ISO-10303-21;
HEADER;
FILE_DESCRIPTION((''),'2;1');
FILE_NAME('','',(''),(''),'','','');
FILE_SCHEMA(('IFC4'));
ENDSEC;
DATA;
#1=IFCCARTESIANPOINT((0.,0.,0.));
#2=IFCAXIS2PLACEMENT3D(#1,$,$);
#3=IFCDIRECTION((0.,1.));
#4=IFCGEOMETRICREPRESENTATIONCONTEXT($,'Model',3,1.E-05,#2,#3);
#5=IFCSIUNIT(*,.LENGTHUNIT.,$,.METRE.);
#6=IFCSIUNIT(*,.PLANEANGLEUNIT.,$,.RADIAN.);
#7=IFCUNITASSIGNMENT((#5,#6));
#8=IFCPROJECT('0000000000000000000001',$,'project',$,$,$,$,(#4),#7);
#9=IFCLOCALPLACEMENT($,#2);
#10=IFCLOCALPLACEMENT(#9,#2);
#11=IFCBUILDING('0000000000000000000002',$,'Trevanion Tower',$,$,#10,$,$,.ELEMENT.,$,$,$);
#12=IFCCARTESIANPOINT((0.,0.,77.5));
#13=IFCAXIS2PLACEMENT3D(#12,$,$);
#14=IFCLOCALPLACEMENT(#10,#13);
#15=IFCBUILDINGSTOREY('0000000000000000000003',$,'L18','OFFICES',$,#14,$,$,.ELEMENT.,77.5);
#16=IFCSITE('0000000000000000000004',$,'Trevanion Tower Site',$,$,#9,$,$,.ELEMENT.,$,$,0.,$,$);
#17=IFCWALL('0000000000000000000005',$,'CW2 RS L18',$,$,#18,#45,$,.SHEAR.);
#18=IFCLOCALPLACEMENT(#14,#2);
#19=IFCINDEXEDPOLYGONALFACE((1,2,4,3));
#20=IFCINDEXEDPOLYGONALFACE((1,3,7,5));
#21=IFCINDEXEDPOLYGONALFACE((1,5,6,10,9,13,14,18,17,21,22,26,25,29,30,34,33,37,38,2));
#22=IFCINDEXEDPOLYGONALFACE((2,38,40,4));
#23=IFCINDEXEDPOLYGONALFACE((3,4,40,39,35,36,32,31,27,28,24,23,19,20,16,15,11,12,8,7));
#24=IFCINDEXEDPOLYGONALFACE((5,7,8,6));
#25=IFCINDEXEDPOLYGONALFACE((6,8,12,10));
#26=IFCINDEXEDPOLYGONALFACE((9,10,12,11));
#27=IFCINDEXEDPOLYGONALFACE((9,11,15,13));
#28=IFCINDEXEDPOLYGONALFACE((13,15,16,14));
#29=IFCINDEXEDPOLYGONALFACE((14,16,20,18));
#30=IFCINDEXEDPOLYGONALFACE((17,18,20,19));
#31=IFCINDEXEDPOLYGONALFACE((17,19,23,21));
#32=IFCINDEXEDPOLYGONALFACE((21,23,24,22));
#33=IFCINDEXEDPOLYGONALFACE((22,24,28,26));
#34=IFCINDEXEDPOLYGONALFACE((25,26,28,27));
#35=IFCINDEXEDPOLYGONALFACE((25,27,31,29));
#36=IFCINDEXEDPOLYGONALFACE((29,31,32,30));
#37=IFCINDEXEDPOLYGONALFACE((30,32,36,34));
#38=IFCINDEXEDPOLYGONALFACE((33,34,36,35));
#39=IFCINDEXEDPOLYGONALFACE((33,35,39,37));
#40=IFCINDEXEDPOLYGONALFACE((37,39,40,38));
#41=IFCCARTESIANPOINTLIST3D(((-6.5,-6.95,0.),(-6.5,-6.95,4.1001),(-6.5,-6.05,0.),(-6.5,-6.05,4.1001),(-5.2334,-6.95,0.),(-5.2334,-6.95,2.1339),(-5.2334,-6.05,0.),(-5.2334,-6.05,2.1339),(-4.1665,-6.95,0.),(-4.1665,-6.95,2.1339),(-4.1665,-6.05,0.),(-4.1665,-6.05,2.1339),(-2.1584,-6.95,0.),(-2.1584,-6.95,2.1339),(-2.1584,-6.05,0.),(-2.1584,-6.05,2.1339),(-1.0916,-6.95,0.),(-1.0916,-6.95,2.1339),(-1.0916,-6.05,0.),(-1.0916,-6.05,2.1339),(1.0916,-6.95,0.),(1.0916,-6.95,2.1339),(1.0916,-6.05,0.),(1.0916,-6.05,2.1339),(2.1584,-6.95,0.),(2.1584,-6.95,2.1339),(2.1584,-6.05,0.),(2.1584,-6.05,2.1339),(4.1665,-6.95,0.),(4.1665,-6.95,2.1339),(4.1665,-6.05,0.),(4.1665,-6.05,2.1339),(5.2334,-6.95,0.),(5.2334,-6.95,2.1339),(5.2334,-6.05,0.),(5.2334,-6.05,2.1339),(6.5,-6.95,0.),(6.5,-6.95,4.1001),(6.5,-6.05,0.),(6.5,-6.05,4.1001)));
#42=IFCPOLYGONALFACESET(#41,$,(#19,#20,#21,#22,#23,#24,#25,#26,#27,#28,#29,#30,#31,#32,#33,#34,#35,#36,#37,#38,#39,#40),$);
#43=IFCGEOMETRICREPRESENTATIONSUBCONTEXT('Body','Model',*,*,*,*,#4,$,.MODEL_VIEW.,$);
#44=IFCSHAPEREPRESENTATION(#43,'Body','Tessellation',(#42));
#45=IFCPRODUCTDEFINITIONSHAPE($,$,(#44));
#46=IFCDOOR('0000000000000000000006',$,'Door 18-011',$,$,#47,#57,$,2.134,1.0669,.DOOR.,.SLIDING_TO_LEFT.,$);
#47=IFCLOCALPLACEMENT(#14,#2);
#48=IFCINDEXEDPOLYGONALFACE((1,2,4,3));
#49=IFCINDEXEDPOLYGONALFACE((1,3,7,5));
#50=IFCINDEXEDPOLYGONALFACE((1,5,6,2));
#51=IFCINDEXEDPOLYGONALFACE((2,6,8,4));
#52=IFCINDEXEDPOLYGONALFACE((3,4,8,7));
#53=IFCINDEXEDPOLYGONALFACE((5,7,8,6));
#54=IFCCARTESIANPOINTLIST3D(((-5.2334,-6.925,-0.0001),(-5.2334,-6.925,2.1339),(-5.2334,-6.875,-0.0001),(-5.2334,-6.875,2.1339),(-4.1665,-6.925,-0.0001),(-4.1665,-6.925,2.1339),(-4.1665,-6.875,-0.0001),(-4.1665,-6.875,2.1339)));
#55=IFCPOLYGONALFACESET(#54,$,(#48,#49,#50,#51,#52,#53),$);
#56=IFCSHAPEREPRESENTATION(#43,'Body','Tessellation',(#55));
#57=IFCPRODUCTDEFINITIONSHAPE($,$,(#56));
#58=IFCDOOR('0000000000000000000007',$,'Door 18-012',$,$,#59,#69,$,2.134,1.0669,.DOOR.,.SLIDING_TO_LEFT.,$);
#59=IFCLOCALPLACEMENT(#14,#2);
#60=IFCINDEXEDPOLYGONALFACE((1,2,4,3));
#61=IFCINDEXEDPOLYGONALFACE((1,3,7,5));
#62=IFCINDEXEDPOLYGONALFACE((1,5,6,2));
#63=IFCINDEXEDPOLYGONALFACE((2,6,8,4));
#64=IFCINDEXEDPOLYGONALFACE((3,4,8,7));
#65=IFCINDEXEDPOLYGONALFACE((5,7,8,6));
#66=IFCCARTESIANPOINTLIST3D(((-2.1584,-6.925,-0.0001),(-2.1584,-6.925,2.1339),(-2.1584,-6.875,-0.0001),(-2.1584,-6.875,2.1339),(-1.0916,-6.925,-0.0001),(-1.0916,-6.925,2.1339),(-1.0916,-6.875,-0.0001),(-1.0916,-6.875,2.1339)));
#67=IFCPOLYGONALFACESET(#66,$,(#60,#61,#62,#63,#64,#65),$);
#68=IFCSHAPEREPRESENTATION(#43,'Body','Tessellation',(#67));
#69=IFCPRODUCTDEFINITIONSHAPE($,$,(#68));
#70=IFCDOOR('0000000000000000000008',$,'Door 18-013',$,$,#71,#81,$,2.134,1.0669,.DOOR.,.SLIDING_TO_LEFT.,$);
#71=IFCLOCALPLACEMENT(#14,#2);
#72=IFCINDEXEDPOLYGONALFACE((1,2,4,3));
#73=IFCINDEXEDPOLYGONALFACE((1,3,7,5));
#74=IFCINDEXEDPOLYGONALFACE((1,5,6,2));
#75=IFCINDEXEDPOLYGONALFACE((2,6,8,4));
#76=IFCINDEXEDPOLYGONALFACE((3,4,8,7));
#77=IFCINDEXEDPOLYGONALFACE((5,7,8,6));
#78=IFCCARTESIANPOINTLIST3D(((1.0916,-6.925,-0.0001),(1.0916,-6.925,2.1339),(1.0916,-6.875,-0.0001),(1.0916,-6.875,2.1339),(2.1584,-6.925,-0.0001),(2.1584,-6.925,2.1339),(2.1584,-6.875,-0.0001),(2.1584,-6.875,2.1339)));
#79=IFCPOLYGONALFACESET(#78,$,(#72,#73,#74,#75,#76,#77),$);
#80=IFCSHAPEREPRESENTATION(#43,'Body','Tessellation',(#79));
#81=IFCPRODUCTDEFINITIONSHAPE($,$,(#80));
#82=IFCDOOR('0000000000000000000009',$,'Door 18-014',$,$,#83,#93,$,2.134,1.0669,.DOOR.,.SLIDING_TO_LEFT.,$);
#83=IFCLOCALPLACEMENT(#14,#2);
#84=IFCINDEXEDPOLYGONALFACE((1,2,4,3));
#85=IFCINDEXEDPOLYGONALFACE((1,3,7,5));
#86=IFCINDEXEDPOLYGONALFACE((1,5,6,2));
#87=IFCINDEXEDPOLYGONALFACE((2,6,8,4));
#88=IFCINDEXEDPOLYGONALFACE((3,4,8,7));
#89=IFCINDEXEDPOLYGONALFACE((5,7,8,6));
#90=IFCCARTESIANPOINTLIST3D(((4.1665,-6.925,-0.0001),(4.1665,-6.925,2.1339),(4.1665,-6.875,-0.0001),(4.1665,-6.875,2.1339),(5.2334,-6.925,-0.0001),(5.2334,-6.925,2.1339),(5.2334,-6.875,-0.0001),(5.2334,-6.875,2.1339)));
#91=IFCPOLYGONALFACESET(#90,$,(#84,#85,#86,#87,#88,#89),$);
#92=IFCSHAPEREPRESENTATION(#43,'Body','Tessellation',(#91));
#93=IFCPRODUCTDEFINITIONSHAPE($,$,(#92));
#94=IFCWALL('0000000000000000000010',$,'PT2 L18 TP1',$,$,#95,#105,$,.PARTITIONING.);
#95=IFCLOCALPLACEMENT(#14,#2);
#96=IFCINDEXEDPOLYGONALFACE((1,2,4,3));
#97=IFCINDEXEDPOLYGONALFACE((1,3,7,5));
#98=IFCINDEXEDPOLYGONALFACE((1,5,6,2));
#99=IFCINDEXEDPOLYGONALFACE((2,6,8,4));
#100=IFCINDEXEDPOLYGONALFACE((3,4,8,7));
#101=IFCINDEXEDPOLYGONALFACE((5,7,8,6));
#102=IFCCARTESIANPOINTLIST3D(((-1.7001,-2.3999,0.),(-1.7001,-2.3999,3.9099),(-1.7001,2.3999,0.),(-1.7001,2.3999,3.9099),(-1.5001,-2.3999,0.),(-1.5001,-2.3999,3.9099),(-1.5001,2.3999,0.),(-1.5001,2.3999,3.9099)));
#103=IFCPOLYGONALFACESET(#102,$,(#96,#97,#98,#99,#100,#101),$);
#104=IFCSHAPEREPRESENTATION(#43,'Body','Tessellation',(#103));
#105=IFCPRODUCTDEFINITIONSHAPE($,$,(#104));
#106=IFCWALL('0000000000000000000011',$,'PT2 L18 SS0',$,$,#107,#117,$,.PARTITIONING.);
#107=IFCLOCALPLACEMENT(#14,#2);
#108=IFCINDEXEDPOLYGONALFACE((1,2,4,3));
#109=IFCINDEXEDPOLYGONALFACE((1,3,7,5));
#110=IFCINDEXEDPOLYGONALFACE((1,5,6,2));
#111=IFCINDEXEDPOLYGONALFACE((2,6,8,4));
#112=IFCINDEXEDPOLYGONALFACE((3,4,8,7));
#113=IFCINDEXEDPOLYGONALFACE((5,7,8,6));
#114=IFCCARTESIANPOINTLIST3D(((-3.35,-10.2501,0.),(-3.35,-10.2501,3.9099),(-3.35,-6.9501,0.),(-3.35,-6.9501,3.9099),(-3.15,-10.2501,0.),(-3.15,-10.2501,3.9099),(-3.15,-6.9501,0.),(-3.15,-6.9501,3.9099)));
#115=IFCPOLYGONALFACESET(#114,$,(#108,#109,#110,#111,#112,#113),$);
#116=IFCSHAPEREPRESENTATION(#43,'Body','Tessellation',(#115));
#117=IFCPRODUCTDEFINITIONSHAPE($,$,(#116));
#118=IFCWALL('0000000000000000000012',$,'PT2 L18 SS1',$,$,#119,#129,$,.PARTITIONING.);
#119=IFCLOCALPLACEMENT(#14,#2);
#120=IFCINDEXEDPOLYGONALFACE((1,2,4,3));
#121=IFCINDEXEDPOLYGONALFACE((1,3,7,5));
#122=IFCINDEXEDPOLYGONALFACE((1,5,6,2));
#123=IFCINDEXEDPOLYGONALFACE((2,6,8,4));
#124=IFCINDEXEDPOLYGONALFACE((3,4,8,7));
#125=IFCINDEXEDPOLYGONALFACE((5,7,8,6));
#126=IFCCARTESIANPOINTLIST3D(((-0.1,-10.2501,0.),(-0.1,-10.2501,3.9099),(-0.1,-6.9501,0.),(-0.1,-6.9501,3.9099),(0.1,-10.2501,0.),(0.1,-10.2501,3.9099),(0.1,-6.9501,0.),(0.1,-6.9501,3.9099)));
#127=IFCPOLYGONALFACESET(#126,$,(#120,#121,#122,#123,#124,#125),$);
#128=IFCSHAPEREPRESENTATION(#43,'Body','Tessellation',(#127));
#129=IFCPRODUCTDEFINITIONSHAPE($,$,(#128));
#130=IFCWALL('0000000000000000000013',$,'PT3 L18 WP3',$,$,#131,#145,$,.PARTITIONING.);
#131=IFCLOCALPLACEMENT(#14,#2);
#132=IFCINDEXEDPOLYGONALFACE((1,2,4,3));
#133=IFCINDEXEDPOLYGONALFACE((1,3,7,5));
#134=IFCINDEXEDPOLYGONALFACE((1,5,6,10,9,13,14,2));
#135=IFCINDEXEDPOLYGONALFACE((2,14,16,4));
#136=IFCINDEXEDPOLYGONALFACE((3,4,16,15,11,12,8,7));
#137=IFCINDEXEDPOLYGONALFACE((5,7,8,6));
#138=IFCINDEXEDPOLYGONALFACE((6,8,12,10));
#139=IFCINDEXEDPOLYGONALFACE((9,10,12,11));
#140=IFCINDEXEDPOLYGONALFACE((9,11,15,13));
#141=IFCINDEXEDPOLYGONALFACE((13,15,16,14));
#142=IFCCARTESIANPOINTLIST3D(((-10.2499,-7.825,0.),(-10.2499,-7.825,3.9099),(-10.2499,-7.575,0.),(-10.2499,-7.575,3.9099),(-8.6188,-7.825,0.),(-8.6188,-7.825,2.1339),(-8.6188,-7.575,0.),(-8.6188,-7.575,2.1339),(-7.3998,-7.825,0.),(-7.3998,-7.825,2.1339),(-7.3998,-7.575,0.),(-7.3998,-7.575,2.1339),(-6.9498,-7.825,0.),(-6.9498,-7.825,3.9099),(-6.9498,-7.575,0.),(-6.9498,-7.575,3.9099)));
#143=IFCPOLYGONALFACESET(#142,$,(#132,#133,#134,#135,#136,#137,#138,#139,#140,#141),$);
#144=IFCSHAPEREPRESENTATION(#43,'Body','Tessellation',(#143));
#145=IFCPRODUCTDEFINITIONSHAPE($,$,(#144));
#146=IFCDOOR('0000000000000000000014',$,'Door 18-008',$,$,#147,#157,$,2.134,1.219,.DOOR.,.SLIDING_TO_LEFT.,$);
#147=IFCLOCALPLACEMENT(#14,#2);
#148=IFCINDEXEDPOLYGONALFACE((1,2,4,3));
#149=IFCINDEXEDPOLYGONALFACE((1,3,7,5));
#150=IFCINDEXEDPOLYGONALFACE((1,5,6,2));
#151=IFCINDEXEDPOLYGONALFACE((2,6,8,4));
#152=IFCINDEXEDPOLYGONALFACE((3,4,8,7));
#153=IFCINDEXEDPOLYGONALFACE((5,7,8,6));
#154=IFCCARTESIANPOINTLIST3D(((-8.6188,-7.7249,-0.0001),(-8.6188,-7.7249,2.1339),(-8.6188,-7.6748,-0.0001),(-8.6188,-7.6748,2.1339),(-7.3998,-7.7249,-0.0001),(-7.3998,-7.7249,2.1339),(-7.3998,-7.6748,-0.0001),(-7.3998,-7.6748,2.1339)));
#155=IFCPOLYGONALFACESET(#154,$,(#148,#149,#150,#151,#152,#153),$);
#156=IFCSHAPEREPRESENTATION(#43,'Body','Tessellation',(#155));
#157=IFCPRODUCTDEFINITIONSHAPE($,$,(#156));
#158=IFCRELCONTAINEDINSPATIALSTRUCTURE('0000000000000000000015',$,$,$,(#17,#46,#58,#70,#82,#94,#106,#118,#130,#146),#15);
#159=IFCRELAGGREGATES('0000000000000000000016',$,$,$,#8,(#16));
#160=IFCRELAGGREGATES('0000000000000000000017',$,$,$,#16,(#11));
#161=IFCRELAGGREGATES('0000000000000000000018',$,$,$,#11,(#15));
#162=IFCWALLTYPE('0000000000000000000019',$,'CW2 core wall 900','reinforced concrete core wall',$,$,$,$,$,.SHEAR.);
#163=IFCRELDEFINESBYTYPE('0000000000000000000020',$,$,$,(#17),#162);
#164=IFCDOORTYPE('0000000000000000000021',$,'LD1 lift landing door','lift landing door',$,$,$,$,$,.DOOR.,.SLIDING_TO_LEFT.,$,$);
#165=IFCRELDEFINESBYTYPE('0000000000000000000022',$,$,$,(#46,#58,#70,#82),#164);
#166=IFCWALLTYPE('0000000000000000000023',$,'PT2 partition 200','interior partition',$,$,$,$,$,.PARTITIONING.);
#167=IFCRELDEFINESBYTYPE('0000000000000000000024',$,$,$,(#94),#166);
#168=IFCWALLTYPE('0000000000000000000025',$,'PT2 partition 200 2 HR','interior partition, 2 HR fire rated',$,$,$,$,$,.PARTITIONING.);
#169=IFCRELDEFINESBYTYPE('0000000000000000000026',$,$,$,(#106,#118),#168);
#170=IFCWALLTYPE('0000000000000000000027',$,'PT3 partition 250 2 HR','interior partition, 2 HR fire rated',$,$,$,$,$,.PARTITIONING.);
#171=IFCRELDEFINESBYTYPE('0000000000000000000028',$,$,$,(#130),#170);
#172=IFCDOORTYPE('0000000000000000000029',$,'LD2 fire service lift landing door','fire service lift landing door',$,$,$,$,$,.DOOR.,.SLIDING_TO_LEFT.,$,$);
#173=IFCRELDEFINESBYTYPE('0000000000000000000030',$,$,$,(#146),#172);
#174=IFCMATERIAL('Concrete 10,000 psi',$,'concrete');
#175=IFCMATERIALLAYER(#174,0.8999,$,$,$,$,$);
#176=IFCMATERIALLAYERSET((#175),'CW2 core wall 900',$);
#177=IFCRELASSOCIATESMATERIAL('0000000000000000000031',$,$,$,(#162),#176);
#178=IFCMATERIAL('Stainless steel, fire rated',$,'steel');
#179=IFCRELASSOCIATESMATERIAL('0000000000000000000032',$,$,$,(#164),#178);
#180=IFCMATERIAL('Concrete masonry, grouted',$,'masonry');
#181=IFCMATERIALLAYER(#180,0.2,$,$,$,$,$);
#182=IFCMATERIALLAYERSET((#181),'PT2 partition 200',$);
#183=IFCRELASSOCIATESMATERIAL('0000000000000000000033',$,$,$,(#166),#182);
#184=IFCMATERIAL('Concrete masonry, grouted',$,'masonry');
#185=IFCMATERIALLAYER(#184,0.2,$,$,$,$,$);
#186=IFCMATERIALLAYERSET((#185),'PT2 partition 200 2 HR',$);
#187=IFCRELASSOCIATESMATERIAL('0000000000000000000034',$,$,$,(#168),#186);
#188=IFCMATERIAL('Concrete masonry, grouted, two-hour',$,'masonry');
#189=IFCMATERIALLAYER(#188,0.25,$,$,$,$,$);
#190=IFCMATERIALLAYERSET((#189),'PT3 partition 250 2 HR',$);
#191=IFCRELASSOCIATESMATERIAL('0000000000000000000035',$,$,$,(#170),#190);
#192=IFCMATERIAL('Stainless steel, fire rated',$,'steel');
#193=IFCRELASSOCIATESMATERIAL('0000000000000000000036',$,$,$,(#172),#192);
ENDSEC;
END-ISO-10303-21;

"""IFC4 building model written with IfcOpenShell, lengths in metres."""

from ifc_helpers import new_model, si_unit, direction, frame, frame_2d, origin, place, context, subcontext, project, spatial, rectangle, extrude, material, layer, layer_set, type_object, element, fill, save


model = new_model("IFC4")

# Units and contexts
model_context = context("Model", 3, precision=1e-05, world=origin(), true_north=direction((0.0, 1.0)))
body_context = subcontext(model_context, "Body", "Model", "MODEL_VIEW")
ifc_project = project(units=[si_unit("LENGTHUNIT", "METRE"), si_unit("PLANEANGLEUNIT", "RADIAN")], contexts=[model_context])

# Site, building, storey
site_placement = place(None, origin())
site = spatial("IfcSite", under=ifc_project, at=site_placement, Name="Trevanion Tower Site", CompositionType="ELEMENT", RefElevation=0.0)
building_placement = place(site_placement, origin())
building = spatial("IfcBuilding", under=site, at=building_placement, Name="Trevanion Tower", CompositionType="ELEMENT")
storey_placement = place(building_placement, frame((0.0, 0.0, 77.5)))
storey = spatial("IfcBuildingStorey", under=building, at=storey_placement, Name="L18", Description="OFFICES", CompositionType="ELEMENT", Elevation=77.5)

# Shared definitions
ifc_material_1 = material(Name="Concrete 10,000 psi", Category="concrete")
ifc_layer_1 = layer(ifc_material_1, 0.8999)
ifc_layer_set_1 = layer_set([ifc_layer_1], Name="CW2 core wall 900")
wall_type_1 = type_object("IfcWallType", Name="CW2 core wall 900", Description="reinforced concrete core wall", PredefinedType="SHEAR", material=ifc_layer_set_1)

# Wall, openings, doors
wall_1_placement = place(storey_placement, frame((-6.5, -6.5, 0.0), z_axis=(0.0, 0.0, 1.0), x_axis=(1.0, 0.0, 0.0)))
wall_1 = element("IfcWall", 1, at=wall_1_placement, inside=storey, type_object=wall_type_1, Name="CW2 RS L18", PredefinedType="SHEAR", context=body_context, shape_type="SweptSolid", body=[
    extrude(rectangle(XDim=13.0, YDim=0.8999, at=frame_2d((6.5, 0.0))), origin(), (0.0, 0.0, 1.0), 4.1001),
])
opening_1_placement = place(wall_1_placement, frame((1.2666, 0.0, 0.0)))
opening_1 = element("IfcOpeningElement", 2, at=opening_1_placement, cuts=wall_1, PredefinedType="OPENING", context=body_context, shape_type="SweptSolid", body=[
    extrude(rectangle(XDim=1.0669, YDim=2.134, at=frame_2d((0.5334, 1.0669))), frame((0.0, 0.46, 0.0), z_axis=(0.0, -1.0, 0.0), x_axis=(1.0, 0.0, 0.0)), (0.0, 0.0, 1.0), 0.9199),
])
opening_2_placement = place(wall_1_placement, frame((4.3416, 0.0, 0.0)))
opening_2 = element("IfcOpeningElement", 3, at=opening_2_placement, cuts=wall_1, PredefinedType="OPENING", context=body_context, shape_type="SweptSolid", body=[
    extrude(rectangle(XDim=1.0669, YDim=2.134, at=frame_2d((0.5334, 1.0669))), frame((0.0, 0.46, 0.0), z_axis=(0.0, -1.0, 0.0), x_axis=(1.0, 0.0, 0.0)), (0.0, 0.0, 1.0), 0.9199),
])
opening_3_placement = place(wall_1_placement, frame((7.5916, 0.0, 0.0)))
opening_3 = element("IfcOpeningElement", 4, at=opening_3_placement, cuts=wall_1, PredefinedType="OPENING", context=body_context, shape_type="SweptSolid", body=[
    extrude(rectangle(XDim=1.0669, YDim=2.134, at=frame_2d((0.5334, 1.0669))), frame((0.0, 0.46, 0.0), z_axis=(0.0, -1.0, 0.0), x_axis=(1.0, 0.0, 0.0)), (0.0, 0.0, 1.0), 0.9199),
])
opening_4_placement = place(wall_1_placement, frame((10.6665, 0.0, 0.0)))
opening_4 = element("IfcOpeningElement", 5, at=opening_4_placement, cuts=wall_1, PredefinedType="OPENING", context=body_context, shape_type="SweptSolid", body=[
    extrude(rectangle(XDim=1.0669, YDim=2.134, at=frame_2d((0.5334, 1.0669))), frame((0.0, 0.46, 0.0), z_axis=(0.0, -1.0, 0.0), x_axis=(1.0, 0.0, 0.0)), (0.0, 0.0, 1.0), 0.9199),
])
ifc_material_2 = material(Name="Stainless steel, fire rated", Category="steel")
door_type_1 = type_object("IfcDoorType", Name="LD1 lift landing door", Description="lift landing door", OperationType="SLIDING_TO_LEFT", PredefinedType="DOOR", material=ifc_material_2)
door_1_placement = place(opening_1_placement, origin())
door_1 = element("IfcDoor", 6, at=door_1_placement, inside=storey, type_object=door_type_1, Name="Door 18-011", OperationType="SLIDING_TO_LEFT", OverallHeight=2.134, OverallWidth=1.0669, PredefinedType="DOOR", context=body_context, shape_type="SweptSolid", body=[
    extrude(rectangle(XDim=1.0669, YDim=2.134, at=frame_2d((0.5334, 1.0669))), frame((0.0, -0.375, 0.0), z_axis=(0.0, -1.0, 0.0), x_axis=(1.0, 0.0, 0.0)), (0.0, 0.0, 1.0), 0.05),
])
fill(opening_1, door_1)
door_2_placement = place(opening_2_placement, origin())
door_2 = element("IfcDoor", 7, at=door_2_placement, inside=storey, type_object=door_type_1, Name="Door 18-012", OperationType="SLIDING_TO_LEFT", OverallHeight=2.134, OverallWidth=1.0669, PredefinedType="DOOR", context=body_context, shape_type="SweptSolid", body=[
    extrude(rectangle(XDim=1.0669, YDim=2.134, at=frame_2d((0.5334, 1.0669))), frame((0.0, -0.375, 0.0), z_axis=(0.0, -1.0, 0.0), x_axis=(1.0, 0.0, 0.0)), (0.0, 0.0, 1.0), 0.05),
])
fill(opening_2, door_2)
door_3_placement = place(opening_3_placement, origin())
door_3 = element("IfcDoor", 8, at=door_3_placement, inside=storey, type_object=door_type_1, Name="Door 18-013", OperationType="SLIDING_TO_LEFT", OverallHeight=2.134, OverallWidth=1.0669, PredefinedType="DOOR", context=body_context, shape_type="SweptSolid", body=[
    extrude(rectangle(XDim=1.0669, YDim=2.134, at=frame_2d((0.5334, 1.0669))), frame((0.0, -0.375, 0.0), z_axis=(0.0, -1.0, 0.0), x_axis=(1.0, 0.0, 0.0)), (0.0, 0.0, 1.0), 0.05),
])
fill(opening_3, door_3)
door_4_placement = place(opening_4_placement, origin())
door_4 = element("IfcDoor", 9, at=door_4_placement, inside=storey, type_object=door_type_1, Name="Door 18-014", OperationType="SLIDING_TO_LEFT", OverallHeight=2.134, OverallWidth=1.0669, PredefinedType="DOOR", context=body_context, shape_type="SweptSolid", body=[
    extrude(rectangle(XDim=1.0669, YDim=2.134, at=frame_2d((0.5334, 1.0669))), frame((0.0, -0.375, 0.0), z_axis=(0.0, -1.0, 0.0), x_axis=(1.0, 0.0, 0.0)), (0.0, 0.0, 1.0), 0.05),
])
fill(opening_4, door_4)

# Walls
ifc_material_3 = material(Name="Concrete masonry, grouted", Category="masonry")
ifc_layer_2 = layer(ifc_material_3, 0.2)
ifc_layer_set_2 = layer_set([ifc_layer_2], Name="PT2 partition 200")
wall_type_2 = type_object("IfcWallType", Name="PT2 partition 200", Description="interior partition", PredefinedType="PARTITIONING", material=ifc_layer_set_2)
wall_2_placement = place(storey_placement, frame((-1.6001, -2.3999, 0.0), z_axis=(0.0, 0.0, 1.0), x_axis=(0.0, 1.0, 0.0)))
element("IfcWall", 10, at=wall_2_placement, inside=storey, type_object=wall_type_2, Name="PT2 L18 TP1", PredefinedType="PARTITIONING", context=body_context, shape_type="SweptSolid", body=[
    extrude(rectangle(XDim=4.7998, YDim=0.2, at=frame_2d((2.3999, 0.0))), origin(), (0.0, 0.0, 1.0), 3.9099),
])
ifc_material_4 = material(Name="Concrete masonry, grouted", Category="masonry")
ifc_layer_3 = layer(ifc_material_4, 0.2)
ifc_layer_set_3 = layer_set([ifc_layer_3], Name="PT2 partition 200 2 HR")
wall_type_3 = type_object("IfcWallType", Name="PT2 partition 200 2 HR", Description="interior partition, 2 HR fire rated", PredefinedType="PARTITIONING", material=ifc_layer_set_3)
for number, where, z_axis, x_axis, name in (
    (11, (-3.25, -10.25, 0.0), (0.0, 0.0, 1.0), (0.0, 1.0, 0.0), "PT2 L18 SS0"),
    (12, (0.0, -10.25, 0.0), (0.0, 0.0, 1.0), (0.0, 1.0, 0.0), "PT2 L18 SS1"),
):
    element("IfcWall", number, at=place(storey_placement, frame(where, z_axis=z_axis, x_axis=x_axis)), inside=storey, type_object=wall_type_3, Name=name, PredefinedType="PARTITIONING", context=body_context, shape_type="SweptSolid", body=[
        extrude(rectangle(XDim=3.3, YDim=0.2, at=frame_2d((1.6499, 0.0))), origin(), (0.0, 0.0, 1.0), 3.9099),
    ])

# Wall, opening, door
ifc_material_5 = material(Name="Concrete masonry, grouted, two-hour", Category="masonry")
ifc_layer_4 = layer(ifc_material_5, 0.25)
ifc_layer_set_4 = layer_set([ifc_layer_4], Name="PT3 partition 250 2 HR")
wall_type_4 = type_object("IfcWallType", Name="PT3 partition 250 2 HR", Description="interior partition, 2 HR fire rated", PredefinedType="PARTITIONING", material=ifc_layer_set_4)
wall_3_placement = place(storey_placement, frame((-6.95, -7.7, 0.0), z_axis=(0.0, 0.0, 1.0), x_axis=(-1.0, 0.0, 0.0)))
wall_3 = element("IfcWall", 13, at=wall_3_placement, inside=storey, type_object=wall_type_4, Name="PT3 L18 WP3", PredefinedType="PARTITIONING", context=body_context, shape_type="SweptSolid", body=[
    extrude(rectangle(XDim=3.3, YDim=0.25, at=frame_2d((1.6499, 0.0))), origin(), (0.0, 0.0, 1.0), 3.9099),
])
opening_5_placement = place(wall_3_placement, frame((0.45, 0.0, 0.0)))
opening_5 = element("IfcOpeningElement", 14, at=opening_5_placement, cuts=wall_3, PredefinedType="OPENING", context=body_context, shape_type="SweptSolid", body=[
    extrude(rectangle(XDim=1.219, YDim=2.134, at=frame_2d((0.6094, 1.0669))), frame((0.0, 0.135, 0.0), z_axis=(0.0, -1.0, 0.0), x_axis=(1.0, 0.0, 0.0)), (0.0, 0.0, 1.0), 0.27),
])
ifc_material_6 = material(Name="Stainless steel, fire rated", Category="steel")
door_type_2 = type_object("IfcDoorType", Name="LD2 fire service lift landing door", Description="fire service lift landing door", OperationType="SLIDING_TO_LEFT", PredefinedType="DOOR", material=ifc_material_6)
door_5_placement = place(opening_5_placement, origin())
door_5 = element("IfcDoor", 15, at=door_5_placement, inside=storey, type_object=door_type_2, Name="Door 18-008", OperationType="SLIDING_TO_LEFT", OverallHeight=2.134, OverallWidth=1.219, PredefinedType="DOOR", context=body_context, shape_type="SweptSolid", body=[
    extrude(rectangle(XDim=1.219, YDim=2.134, at=frame_2d((0.6094, 1.0669))), frame((0.0, 0.0249, 0.0), z_axis=(0.0, -1.0, 0.0), x_axis=(1.0, 0.0, 0.0)), (0.0, 0.0, 1.0), 0.05),
])
fill(opening_5, door_5)

save(model, "model.ifc")
